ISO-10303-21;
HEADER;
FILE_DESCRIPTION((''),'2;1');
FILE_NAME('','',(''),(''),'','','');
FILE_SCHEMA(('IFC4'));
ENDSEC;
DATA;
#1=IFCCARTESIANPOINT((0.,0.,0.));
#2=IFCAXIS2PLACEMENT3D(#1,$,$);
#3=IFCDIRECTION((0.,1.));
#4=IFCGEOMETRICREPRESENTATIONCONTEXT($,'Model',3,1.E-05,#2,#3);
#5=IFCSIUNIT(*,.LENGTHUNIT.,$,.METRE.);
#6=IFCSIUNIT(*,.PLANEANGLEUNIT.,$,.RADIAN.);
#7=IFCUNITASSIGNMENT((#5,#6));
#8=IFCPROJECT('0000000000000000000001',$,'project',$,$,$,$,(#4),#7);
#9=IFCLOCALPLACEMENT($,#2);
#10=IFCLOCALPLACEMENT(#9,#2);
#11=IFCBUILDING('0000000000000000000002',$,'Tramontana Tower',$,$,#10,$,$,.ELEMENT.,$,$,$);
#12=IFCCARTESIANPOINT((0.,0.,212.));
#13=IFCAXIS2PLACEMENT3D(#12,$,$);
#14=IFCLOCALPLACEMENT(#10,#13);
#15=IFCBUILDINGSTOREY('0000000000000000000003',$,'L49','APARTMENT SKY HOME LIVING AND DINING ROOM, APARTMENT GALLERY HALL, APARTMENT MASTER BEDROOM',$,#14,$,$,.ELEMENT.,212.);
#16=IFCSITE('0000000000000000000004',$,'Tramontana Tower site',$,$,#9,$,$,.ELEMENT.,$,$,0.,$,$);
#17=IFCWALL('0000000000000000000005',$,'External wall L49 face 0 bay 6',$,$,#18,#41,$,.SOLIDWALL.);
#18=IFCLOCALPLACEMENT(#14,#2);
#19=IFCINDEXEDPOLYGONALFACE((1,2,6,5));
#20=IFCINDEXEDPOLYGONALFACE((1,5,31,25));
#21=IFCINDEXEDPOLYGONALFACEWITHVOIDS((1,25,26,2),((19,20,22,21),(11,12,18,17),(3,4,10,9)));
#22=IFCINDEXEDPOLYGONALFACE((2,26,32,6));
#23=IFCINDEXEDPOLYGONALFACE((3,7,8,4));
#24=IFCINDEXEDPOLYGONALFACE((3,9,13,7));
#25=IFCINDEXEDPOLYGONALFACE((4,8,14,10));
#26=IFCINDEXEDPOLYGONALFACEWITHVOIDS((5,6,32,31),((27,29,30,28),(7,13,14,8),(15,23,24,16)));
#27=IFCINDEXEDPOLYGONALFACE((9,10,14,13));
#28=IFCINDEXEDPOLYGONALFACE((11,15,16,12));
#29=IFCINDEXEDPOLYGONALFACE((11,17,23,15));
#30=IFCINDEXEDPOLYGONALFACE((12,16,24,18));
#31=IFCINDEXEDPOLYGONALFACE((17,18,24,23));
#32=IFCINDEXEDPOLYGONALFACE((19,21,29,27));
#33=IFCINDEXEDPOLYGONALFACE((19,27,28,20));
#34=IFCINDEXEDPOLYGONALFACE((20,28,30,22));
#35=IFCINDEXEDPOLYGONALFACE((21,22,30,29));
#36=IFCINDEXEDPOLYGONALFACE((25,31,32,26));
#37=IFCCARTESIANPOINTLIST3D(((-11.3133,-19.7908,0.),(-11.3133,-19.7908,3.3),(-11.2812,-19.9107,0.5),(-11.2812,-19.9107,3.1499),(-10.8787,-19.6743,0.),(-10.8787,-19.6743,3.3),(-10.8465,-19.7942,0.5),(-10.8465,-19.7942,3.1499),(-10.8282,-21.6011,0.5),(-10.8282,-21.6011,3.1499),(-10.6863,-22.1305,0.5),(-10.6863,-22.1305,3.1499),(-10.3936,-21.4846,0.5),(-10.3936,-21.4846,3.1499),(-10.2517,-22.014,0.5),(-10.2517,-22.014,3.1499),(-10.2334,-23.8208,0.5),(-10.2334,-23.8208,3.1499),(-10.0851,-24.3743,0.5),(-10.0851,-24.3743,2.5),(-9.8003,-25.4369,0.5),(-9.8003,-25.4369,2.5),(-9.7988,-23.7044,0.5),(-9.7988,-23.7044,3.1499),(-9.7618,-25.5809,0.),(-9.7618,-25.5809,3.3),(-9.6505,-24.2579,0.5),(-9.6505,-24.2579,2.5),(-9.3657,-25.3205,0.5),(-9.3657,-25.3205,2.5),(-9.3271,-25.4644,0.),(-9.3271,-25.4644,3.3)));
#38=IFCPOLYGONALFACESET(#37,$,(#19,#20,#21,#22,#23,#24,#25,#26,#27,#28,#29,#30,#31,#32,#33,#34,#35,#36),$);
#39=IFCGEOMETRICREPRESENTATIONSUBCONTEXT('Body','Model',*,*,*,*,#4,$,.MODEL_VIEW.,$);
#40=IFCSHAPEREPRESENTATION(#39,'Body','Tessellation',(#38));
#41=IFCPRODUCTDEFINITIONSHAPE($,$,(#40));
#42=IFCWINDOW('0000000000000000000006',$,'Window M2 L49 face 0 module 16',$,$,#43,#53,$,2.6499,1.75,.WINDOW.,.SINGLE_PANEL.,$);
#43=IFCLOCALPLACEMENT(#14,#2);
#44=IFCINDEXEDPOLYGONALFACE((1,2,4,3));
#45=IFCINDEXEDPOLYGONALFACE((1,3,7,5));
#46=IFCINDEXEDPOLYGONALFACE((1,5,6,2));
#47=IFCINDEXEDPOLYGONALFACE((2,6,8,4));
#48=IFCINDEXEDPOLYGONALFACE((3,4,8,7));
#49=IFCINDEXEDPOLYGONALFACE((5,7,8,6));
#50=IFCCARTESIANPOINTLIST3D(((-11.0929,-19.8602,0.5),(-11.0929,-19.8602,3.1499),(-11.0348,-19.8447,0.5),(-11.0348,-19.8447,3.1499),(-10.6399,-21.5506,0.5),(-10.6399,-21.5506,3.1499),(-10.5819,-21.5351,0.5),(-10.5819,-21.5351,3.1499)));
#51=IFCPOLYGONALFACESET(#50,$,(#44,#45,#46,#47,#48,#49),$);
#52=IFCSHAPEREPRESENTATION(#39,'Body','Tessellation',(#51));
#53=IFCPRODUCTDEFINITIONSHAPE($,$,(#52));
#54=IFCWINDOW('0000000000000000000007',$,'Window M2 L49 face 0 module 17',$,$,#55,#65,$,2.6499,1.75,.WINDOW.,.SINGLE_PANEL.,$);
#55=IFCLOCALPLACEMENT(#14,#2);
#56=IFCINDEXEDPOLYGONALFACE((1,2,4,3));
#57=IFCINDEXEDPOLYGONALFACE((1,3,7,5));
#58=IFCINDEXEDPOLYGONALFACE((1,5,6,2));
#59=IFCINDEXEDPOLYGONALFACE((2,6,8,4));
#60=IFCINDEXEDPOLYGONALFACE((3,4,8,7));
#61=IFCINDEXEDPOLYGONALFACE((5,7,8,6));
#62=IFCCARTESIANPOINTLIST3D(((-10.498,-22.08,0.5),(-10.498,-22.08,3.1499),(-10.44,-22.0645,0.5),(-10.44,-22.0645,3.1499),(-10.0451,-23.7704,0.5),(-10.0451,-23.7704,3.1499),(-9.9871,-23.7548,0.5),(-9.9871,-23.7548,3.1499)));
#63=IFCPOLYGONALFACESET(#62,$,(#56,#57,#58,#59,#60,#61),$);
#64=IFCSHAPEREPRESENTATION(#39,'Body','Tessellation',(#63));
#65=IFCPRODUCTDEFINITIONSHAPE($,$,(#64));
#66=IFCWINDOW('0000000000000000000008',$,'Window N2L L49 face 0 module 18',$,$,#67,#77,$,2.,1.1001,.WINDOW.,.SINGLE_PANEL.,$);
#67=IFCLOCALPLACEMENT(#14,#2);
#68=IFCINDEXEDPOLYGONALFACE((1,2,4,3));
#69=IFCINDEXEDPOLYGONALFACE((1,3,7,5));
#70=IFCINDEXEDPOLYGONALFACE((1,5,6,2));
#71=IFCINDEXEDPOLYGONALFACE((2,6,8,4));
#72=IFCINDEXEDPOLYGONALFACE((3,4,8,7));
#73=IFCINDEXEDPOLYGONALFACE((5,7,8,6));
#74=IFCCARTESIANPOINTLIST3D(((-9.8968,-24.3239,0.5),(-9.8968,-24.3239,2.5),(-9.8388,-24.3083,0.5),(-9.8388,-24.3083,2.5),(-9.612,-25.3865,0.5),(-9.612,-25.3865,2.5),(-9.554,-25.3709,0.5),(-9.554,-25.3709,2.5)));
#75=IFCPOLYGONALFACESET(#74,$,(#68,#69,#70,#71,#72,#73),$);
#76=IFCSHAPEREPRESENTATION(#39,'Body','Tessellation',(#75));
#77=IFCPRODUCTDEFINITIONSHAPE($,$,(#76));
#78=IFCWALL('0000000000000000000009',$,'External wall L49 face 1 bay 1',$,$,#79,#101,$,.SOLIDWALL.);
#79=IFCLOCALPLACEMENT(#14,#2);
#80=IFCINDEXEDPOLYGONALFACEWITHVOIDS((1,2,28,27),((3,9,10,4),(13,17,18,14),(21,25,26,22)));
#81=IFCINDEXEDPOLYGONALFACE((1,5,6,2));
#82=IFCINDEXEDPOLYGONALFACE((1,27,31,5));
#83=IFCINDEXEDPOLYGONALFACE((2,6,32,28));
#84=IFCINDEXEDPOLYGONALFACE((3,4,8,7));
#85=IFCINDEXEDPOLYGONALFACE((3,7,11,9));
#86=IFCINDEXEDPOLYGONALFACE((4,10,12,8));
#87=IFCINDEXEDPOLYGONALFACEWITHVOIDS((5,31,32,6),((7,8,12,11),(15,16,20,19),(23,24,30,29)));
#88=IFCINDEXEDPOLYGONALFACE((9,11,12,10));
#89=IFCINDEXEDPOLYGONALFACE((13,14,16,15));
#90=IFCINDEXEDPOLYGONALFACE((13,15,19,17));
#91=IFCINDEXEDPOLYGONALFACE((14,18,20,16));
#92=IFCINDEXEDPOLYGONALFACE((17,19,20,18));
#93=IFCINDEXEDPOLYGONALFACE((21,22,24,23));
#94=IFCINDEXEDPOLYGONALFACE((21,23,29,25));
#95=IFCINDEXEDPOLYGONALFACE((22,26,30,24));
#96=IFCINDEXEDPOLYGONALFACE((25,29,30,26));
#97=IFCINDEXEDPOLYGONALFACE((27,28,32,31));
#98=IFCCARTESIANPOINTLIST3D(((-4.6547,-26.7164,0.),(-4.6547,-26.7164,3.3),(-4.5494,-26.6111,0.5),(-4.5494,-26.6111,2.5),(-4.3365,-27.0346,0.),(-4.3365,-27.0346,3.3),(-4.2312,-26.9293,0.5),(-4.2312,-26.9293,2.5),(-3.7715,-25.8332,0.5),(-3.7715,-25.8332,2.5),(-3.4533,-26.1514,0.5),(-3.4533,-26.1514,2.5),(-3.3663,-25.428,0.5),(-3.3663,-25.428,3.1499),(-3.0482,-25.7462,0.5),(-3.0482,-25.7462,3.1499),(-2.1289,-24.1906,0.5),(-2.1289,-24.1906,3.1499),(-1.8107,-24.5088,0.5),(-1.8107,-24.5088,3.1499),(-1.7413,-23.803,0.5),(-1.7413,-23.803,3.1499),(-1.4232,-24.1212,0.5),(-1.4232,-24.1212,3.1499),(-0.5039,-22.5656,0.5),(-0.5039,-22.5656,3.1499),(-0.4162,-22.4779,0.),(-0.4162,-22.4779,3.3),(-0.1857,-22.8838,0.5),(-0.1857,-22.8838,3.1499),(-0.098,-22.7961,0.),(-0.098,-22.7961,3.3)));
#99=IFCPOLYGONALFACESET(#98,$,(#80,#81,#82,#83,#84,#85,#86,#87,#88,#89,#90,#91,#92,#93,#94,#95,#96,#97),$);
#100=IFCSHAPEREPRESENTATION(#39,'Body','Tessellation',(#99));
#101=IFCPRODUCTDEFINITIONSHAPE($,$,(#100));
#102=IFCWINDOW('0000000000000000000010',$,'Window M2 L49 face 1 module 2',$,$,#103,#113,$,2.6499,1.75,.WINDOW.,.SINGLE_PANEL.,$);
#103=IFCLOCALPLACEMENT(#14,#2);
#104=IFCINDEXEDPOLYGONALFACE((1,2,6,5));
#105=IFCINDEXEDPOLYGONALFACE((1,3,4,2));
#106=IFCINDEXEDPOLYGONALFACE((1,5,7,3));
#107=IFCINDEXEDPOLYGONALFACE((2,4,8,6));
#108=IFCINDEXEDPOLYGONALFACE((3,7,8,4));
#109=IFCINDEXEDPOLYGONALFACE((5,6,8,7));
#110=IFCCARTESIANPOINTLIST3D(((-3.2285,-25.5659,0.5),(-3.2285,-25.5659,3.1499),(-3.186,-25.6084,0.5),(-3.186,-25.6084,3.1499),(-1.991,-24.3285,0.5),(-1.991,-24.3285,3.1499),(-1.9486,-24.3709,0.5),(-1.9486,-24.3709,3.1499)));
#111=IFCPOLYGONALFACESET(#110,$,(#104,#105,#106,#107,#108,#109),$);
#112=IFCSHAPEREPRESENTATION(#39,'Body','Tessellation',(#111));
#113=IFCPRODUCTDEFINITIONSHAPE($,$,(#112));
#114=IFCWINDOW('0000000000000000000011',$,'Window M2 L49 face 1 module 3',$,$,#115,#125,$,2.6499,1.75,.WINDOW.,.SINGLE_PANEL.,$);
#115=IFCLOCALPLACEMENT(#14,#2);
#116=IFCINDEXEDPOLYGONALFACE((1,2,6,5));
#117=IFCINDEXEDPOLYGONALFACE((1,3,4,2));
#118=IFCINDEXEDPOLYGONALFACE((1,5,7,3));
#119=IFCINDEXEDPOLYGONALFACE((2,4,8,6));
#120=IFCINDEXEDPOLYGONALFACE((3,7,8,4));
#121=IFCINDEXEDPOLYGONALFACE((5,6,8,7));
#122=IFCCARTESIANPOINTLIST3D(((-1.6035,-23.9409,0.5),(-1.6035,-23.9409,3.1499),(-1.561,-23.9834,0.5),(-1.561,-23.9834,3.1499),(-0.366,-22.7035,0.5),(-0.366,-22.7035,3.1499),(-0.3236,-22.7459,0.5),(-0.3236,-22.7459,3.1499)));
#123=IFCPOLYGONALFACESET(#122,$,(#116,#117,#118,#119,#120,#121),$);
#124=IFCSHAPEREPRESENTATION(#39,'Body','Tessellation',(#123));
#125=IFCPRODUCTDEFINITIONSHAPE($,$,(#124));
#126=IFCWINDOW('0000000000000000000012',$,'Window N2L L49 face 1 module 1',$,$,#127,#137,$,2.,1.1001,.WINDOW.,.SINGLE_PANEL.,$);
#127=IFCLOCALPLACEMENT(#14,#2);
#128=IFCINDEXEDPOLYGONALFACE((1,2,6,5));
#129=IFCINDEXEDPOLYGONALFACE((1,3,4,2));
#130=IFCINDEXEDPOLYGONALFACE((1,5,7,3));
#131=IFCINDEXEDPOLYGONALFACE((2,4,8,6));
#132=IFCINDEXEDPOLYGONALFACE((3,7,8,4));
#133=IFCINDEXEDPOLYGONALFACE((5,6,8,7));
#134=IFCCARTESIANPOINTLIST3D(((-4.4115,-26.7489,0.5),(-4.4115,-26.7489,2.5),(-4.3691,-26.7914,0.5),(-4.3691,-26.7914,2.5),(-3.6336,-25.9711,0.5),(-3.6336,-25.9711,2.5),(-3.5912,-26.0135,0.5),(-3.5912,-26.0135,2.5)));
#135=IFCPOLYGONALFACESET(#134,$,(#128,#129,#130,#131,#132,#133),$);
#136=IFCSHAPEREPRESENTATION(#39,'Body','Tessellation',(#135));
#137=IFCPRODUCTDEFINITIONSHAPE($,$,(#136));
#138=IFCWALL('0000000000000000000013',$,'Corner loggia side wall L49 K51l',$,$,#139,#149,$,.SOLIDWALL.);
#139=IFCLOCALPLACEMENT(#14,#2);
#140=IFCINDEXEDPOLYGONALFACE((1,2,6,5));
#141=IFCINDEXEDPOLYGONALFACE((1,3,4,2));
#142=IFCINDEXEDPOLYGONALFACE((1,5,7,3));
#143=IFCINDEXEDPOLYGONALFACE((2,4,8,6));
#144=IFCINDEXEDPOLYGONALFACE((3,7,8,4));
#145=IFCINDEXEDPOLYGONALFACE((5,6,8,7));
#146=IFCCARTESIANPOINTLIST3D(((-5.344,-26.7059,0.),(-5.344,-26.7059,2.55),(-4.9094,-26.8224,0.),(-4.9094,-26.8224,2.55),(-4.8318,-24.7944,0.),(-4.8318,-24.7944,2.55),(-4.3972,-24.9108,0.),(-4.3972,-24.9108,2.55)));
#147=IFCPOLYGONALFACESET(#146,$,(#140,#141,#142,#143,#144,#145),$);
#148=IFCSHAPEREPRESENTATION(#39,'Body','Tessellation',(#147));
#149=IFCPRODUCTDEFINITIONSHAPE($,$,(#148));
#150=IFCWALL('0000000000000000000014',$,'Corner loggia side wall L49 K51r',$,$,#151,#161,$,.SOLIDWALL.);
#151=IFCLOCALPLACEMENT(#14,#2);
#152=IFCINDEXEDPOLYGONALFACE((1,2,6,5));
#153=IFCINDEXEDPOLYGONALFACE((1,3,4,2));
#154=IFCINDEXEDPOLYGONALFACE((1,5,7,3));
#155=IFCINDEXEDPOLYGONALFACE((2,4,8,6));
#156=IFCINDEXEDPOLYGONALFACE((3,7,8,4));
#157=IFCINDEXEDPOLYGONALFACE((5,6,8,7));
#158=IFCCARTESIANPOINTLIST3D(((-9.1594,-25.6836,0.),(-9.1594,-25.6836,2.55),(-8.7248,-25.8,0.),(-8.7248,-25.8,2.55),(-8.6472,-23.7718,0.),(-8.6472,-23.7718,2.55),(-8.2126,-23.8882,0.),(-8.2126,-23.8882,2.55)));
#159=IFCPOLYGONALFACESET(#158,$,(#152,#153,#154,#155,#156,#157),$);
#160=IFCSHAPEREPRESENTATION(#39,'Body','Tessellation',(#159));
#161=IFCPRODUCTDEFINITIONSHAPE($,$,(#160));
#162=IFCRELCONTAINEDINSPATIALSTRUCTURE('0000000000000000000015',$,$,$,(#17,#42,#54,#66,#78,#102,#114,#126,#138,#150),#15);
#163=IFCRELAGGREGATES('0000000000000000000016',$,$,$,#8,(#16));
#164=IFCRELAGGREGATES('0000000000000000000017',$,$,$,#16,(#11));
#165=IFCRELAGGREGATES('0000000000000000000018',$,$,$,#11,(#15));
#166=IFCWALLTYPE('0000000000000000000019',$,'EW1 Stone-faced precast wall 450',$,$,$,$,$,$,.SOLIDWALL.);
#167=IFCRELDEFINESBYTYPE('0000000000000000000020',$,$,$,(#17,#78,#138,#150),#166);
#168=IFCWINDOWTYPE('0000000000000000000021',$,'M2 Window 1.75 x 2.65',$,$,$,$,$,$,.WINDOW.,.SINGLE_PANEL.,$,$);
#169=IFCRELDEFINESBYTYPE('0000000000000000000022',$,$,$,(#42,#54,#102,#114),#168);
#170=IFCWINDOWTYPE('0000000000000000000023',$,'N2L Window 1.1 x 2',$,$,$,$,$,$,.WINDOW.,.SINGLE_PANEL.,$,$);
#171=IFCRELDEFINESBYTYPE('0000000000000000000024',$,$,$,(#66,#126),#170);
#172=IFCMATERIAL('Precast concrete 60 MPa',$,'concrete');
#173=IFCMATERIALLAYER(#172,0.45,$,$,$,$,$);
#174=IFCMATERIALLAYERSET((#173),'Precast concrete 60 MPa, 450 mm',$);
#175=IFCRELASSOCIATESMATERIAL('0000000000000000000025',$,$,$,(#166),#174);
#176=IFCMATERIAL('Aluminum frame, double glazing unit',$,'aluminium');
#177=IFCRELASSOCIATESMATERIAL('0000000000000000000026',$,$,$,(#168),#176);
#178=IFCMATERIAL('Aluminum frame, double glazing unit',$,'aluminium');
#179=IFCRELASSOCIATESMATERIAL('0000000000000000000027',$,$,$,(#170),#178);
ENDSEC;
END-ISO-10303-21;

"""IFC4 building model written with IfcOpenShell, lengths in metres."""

from ifc_helpers import new_model, si_unit, direction, frame, frame_2d, origin, place, context, subcontext, project, spatial, rectangle, extrude, material, layer, layer_set, type_object, element, fill, save


model = new_model("IFC4")

# Units and contexts
model_context = context("Model", 3, precision=1e-05, world=origin(), true_north=direction((0.0, 1.0)))
body_context = subcontext(model_context, "Body", "Model", "MODEL_VIEW")
ifc_project = project(units=[si_unit("LENGTHUNIT", "METRE"), si_unit("PLANEANGLEUNIT", "RADIAN")], contexts=[model_context])

# Site, building, storey
site_placement = place(None, origin())
site = spatial("IfcSite", under=ifc_project, at=site_placement, Name="Tramontana Tower site", CompositionType="ELEMENT", RefElevation=0.0)
building_placement = place(site_placement, origin())
building = spatial("IfcBuilding", under=site, at=building_placement, Name="Tramontana Tower", CompositionType="ELEMENT")
storey_placement = place(building_placement, frame((0.0, 0.0, 212.0)))
storey = spatial("IfcBuildingStorey", under=building, at=storey_placement, Name="L49", Description="APARTMENT SKY HOME LIVING AND DINING ROOM, APARTMENT GALLERY HALL, APARTMENT MASTER BEDROOM", CompositionType="ELEMENT", Elevation=212.0)

# Walls, openings, windows
ifc_material_1 = material(Name="Precast concrete 60 MPa", Category="concrete")
ifc_layer_1 = layer(ifc_material_1, 0.45)
ifc_layer_set_1 = layer_set([ifc_layer_1], Name="Precast concrete 60 MPa, 450 mm")
wall_type_1 = type_object("IfcWallType", Name="EW1 Stone-faced precast wall 450", PredefinedType="SOLIDWALL", material=ifc_layer_set_1)
wall_1_placement = place(storey_placement, frame((-11.0959, -19.7327, 0.0), z_axis=(0.0, 0.0, 1.0), x_axis=(0.258831, -0.965923, 0.0)))
wall_1 = element("IfcWall", 1, at=wall_1_placement, inside=storey, type_object=wall_type_1, Name="External wall L49 face 0 bay 6", PredefinedType="SOLIDWALL", context=body_context, shape_type="SweptSolid", body=[
    extrude(rectangle(XDim=5.9944, YDim=0.45, at=frame_2d((2.9971, 0.0))), origin(), (0.0, 0.0, 1.0), 3.3),
])
opening_1_placement = place(wall_1_placement, frame((0.124, 0.0, 0.5)))
opening_1 = element("IfcOpeningElement", 2, at=opening_1_placement, cuts=wall_1, PredefinedType="OPENING", context=body_context, shape_type="SweptSolid", body=[
    extrude(rectangle(XDim=1.75, YDim=2.6499, at=frame_2d((0.875, 1.325))), frame((0.0, 0.2349, 0.0), z_axis=(0.0, -1.0, 0.0), x_axis=(1.0, 0.0, 0.0)), (0.0, 0.0, 1.0), 0.47),
])
opening_2_placement = place(wall_1_placement, frame((2.4221, 0.0, 0.5)))
opening_2 = element("IfcOpeningElement", 3, at=opening_2_placement, cuts=wall_1, PredefinedType="OPENING", context=body_context, shape_type="SweptSolid", body=[
    extrude(rectangle(XDim=1.75, YDim=2.6499, at=frame_2d((0.875, 1.325))), frame((0.0, 0.2349, 0.0), z_axis=(0.0, -1.0, 0.0), x_axis=(1.0, 0.0, 0.0)), (0.0, 0.0, 1.0), 0.47),
])
opening_3_placement = place(wall_1_placement, frame((4.7451, 0.0, 0.5)))
opening_3 = element("IfcOpeningElement", 4, at=opening_3_placement, cuts=wall_1, PredefinedType="OPENING", context=body_context, shape_type="SweptSolid", body=[
    extrude(rectangle(XDim=1.1001, YDim=2.0, at=frame_2d((0.55, 1.0))), frame((0.0, 0.2349, 0.0), z_axis=(0.0, -1.0, 0.0), x_axis=(1.0, 0.0, 0.0)), (0.0, 0.0, 1.0), 0.47),
])
ifc_material_2 = material(Name="Aluminum frame, double glazing unit", Category="aluminium")
window_type_1 = type_object("IfcWindowType", Name="M2 Window 1.75 x 2.65", PartitioningType="SINGLE_PANEL", PredefinedType="WINDOW", material=ifc_material_2)
window_1_placement = place(opening_1_placement, origin())
window_1 = element("IfcWindow", 5, at=window_1_placement, inside=storey, type_object=window_type_1, Name="Window M2 L49 face 0 module 16", OverallHeight=2.6499, OverallWidth=1.75, PartitioningType="SINGLE_PANEL", PredefinedType="WINDOW", context=body_context, shape_type="SweptSolid", body=[
    extrude(rectangle(XDim=1.75, YDim=2.6499, at=frame_2d((0.875, 1.325))), frame((0.0, 0.03, 0.0), z_axis=(0.0, -1.0, 0.0), x_axis=(1.0, 0.0, 0.0)), (0.0, 0.0, 1.0), 0.0601),
])
fill(opening_1, window_1)
window_2_placement = place(opening_2_placement, origin())
window_2 = element("IfcWindow", 6, at=window_2_placement, inside=storey, type_object=window_type_1, Name="Window M2 L49 face 0 module 17", OverallHeight=2.6499, OverallWidth=1.75, PartitioningType="SINGLE_PANEL", PredefinedType="WINDOW", context=body_context, shape_type="SweptSolid", body=[
    extrude(rectangle(XDim=1.75, YDim=2.6499, at=frame_2d((0.875, 1.325))), frame((0.0, 0.03, 0.0), z_axis=(0.0, -1.0, 0.0), x_axis=(1.0, 0.0, 0.0)), (0.0, 0.0, 1.0), 0.0601),
])
fill(opening_2, window_2)
ifc_material_3 = material(Name="Aluminum frame, double glazing unit", Category="aluminium")
window_type_2 = type_object("IfcWindowType", Name="N2L Window 1.1 x 2", PartitioningType="SINGLE_PANEL", PredefinedType="WINDOW", material=ifc_material_3)
window_3_placement = place(opening_3_placement, origin())
window_3 = element("IfcWindow", 7, at=window_3_placement, inside=storey, type_object=window_type_2, Name="Window N2L L49 face 0 module 18", OverallHeight=2.0, OverallWidth=1.1001, PartitioningType="SINGLE_PANEL", PredefinedType="WINDOW", context=body_context, shape_type="SweptSolid", body=[
    extrude(rectangle(XDim=1.1001, YDim=2.0, at=frame_2d((0.55, 1.0))), frame((0.0, 0.03, 0.0), z_axis=(0.0, -1.0, 0.0), x_axis=(1.0, 0.0, 0.0)), (0.0, 0.0, 1.0), 0.0601),
])
fill(opening_3, window_3)
wall_2_placement = place(storey_placement, frame((-4.4956, -26.8755, 0.0), z_axis=(0.0, 0.0, 1.0), x_axis=(0.707107, 0.707107, 0.0)))
wall_2 = element("IfcWall", 8, at=wall_2_placement, inside=storey, type_object=wall_type_1, Name="External wall L49 face 1 bay 1", PredefinedType="SOLIDWALL", context=body_context, shape_type="SweptSolid", body=[
    extrude(rectangle(XDim=5.9941, YDim=0.45, at=frame_2d((2.9971, 0.0))), origin(), (0.0, 0.0, 1.0), 3.3),
])
opening_4_placement = place(wall_2_placement, frame((0.1489, 0.0, 0.5)))
opening_4 = element("IfcOpeningElement", 9, at=opening_4_placement, cuts=wall_2, PredefinedType="OPENING", context=body_context, shape_type="SweptSolid", body=[
    extrude(rectangle(XDim=1.1001, YDim=2.0, at=frame_2d((0.55, 1.0))), frame((0.0, 0.2349, 0.0), z_axis=(0.0, -1.0, 0.0), x_axis=(1.0, 0.0, 0.0)), (0.0, 0.0, 1.0), 0.47),
])
opening_5_placement = place(wall_2_placement, frame((1.822, 0.0, 0.5)))
opening_5 = element("IfcOpeningElement", 10, at=opening_5_placement, cuts=wall_2, PredefinedType="OPENING", context=body_context, shape_type="SweptSolid", body=[
    extrude(rectangle(XDim=1.75, YDim=2.6499, at=frame_2d((0.875, 1.325))), frame((0.0, 0.2349, 0.0), z_axis=(0.0, -1.0, 0.0), x_axis=(1.0, 0.0, 0.0)), (0.0, 0.0, 1.0), 0.47),
])
opening_6_placement = place(wall_2_placement, frame((4.1201, 0.0, 0.5)))
opening_6 = element("IfcOpeningElement", 11, at=opening_6_placement, cuts=wall_2, PredefinedType="OPENING", context=body_context, shape_type="SweptSolid", body=[
    extrude(rectangle(XDim=1.75, YDim=2.6499, at=frame_2d((0.875, 1.325))), frame((0.0, 0.2349, 0.0), z_axis=(0.0, -1.0, 0.0), x_axis=(1.0, 0.0, 0.0)), (0.0, 0.0, 1.0), 0.47),
])
window_4_placement = place(opening_5_placement, origin())
window_4 = element("IfcWindow", 12, at=window_4_placement, inside=storey, type_object=window_type_1, Name="Window M2 L49 face 1 module 2", OverallHeight=2.6499, OverallWidth=1.75, PartitioningType="SINGLE_PANEL", PredefinedType="WINDOW", context=body_context, shape_type="SweptSolid", body=[
    extrude(rectangle(XDim=1.75, YDim=2.6499, at=frame_2d((0.875, 1.325))), frame((0.0, 0.03, 0.0), z_axis=(0.0, -1.0, 0.0), x_axis=(1.0, 0.0, 0.0)), (0.0, 0.0, 1.0), 0.0601),
])
fill(opening_5, window_4)
window_5_placement = place(opening_6_placement, origin())
window_5 = element("IfcWindow", 13, at=window_5_placement, inside=storey, type_object=window_type_1, Name="Window M2 L49 face 1 module 3", OverallHeight=2.6499, OverallWidth=1.75, PartitioningType="SINGLE_PANEL", PredefinedType="WINDOW", context=body_context, shape_type="SweptSolid", body=[
    extrude(rectangle(XDim=1.75, YDim=2.6499, at=frame_2d((0.875, 1.325))), frame((0.0, 0.03, 0.0), z_axis=(0.0, -1.0, 0.0), x_axis=(1.0, 0.0, 0.0)), (0.0, 0.0, 1.0), 0.0601),
])
fill(opening_6, window_5)
window_6_placement = place(opening_4_placement, origin())
window_6 = element("IfcWindow", 14, at=window_6_placement, inside=storey, type_object=window_type_2, Name="Window N2L L49 face 1 module 1", OverallHeight=2.0, OverallWidth=1.1001, PartitioningType="SINGLE_PANEL", PredefinedType="WINDOW", context=body_context, shape_type="SweptSolid", body=[
    extrude(rectangle(XDim=1.1001, YDim=2.0, at=frame_2d((0.55, 1.0))), frame((0.0, 0.03, 0.0), z_axis=(0.0, -1.0, 0.0), x_axis=(1.0, 0.0, 0.0)), (0.0, 0.0, 1.0), 0.0601),
])
fill(opening_4, window_6)

# Walls
wall_3_placement = place(storey_placement, frame((-5.1267, -26.7642, 0.0), z_axis=(0.0, 0.0, 1.0), x_axis=(0.258814, 0.965927, 0.0)))
element("IfcWall", 15, at=wall_3_placement, inside=storey, type_object=wall_type_1, Name="Corner loggia side wall L49 K51l", PredefinedType="SOLIDWALL", context=body_context, shape_type="SweptSolid", body=[
    extrude(rectangle(XDim=1.979, YDim=0.45, at=frame_2d((0.9895, 0.0))), origin(), (0.0, 0.0, 1.0), 2.55),
])
wall_4_placement = place(storey_placement, frame((-8.9421, -25.7419, 0.0), z_axis=(0.0, 0.0, 1.0), x_axis=(0.258783, 0.965935, 0.0)))
element("IfcWall", 16, at=wall_4_placement, inside=storey, type_object=wall_type_1, Name="Corner loggia side wall L49 K51r", PredefinedType="SOLIDWALL", context=body_context, shape_type="SweptSolid", body=[
    extrude(rectangle(XDim=1.9792, YDim=0.45, at=frame_2d((0.9897, 0.0))), origin(), (0.0, 0.0, 1.0), 2.55),
])

save(model, "model.ifc")
